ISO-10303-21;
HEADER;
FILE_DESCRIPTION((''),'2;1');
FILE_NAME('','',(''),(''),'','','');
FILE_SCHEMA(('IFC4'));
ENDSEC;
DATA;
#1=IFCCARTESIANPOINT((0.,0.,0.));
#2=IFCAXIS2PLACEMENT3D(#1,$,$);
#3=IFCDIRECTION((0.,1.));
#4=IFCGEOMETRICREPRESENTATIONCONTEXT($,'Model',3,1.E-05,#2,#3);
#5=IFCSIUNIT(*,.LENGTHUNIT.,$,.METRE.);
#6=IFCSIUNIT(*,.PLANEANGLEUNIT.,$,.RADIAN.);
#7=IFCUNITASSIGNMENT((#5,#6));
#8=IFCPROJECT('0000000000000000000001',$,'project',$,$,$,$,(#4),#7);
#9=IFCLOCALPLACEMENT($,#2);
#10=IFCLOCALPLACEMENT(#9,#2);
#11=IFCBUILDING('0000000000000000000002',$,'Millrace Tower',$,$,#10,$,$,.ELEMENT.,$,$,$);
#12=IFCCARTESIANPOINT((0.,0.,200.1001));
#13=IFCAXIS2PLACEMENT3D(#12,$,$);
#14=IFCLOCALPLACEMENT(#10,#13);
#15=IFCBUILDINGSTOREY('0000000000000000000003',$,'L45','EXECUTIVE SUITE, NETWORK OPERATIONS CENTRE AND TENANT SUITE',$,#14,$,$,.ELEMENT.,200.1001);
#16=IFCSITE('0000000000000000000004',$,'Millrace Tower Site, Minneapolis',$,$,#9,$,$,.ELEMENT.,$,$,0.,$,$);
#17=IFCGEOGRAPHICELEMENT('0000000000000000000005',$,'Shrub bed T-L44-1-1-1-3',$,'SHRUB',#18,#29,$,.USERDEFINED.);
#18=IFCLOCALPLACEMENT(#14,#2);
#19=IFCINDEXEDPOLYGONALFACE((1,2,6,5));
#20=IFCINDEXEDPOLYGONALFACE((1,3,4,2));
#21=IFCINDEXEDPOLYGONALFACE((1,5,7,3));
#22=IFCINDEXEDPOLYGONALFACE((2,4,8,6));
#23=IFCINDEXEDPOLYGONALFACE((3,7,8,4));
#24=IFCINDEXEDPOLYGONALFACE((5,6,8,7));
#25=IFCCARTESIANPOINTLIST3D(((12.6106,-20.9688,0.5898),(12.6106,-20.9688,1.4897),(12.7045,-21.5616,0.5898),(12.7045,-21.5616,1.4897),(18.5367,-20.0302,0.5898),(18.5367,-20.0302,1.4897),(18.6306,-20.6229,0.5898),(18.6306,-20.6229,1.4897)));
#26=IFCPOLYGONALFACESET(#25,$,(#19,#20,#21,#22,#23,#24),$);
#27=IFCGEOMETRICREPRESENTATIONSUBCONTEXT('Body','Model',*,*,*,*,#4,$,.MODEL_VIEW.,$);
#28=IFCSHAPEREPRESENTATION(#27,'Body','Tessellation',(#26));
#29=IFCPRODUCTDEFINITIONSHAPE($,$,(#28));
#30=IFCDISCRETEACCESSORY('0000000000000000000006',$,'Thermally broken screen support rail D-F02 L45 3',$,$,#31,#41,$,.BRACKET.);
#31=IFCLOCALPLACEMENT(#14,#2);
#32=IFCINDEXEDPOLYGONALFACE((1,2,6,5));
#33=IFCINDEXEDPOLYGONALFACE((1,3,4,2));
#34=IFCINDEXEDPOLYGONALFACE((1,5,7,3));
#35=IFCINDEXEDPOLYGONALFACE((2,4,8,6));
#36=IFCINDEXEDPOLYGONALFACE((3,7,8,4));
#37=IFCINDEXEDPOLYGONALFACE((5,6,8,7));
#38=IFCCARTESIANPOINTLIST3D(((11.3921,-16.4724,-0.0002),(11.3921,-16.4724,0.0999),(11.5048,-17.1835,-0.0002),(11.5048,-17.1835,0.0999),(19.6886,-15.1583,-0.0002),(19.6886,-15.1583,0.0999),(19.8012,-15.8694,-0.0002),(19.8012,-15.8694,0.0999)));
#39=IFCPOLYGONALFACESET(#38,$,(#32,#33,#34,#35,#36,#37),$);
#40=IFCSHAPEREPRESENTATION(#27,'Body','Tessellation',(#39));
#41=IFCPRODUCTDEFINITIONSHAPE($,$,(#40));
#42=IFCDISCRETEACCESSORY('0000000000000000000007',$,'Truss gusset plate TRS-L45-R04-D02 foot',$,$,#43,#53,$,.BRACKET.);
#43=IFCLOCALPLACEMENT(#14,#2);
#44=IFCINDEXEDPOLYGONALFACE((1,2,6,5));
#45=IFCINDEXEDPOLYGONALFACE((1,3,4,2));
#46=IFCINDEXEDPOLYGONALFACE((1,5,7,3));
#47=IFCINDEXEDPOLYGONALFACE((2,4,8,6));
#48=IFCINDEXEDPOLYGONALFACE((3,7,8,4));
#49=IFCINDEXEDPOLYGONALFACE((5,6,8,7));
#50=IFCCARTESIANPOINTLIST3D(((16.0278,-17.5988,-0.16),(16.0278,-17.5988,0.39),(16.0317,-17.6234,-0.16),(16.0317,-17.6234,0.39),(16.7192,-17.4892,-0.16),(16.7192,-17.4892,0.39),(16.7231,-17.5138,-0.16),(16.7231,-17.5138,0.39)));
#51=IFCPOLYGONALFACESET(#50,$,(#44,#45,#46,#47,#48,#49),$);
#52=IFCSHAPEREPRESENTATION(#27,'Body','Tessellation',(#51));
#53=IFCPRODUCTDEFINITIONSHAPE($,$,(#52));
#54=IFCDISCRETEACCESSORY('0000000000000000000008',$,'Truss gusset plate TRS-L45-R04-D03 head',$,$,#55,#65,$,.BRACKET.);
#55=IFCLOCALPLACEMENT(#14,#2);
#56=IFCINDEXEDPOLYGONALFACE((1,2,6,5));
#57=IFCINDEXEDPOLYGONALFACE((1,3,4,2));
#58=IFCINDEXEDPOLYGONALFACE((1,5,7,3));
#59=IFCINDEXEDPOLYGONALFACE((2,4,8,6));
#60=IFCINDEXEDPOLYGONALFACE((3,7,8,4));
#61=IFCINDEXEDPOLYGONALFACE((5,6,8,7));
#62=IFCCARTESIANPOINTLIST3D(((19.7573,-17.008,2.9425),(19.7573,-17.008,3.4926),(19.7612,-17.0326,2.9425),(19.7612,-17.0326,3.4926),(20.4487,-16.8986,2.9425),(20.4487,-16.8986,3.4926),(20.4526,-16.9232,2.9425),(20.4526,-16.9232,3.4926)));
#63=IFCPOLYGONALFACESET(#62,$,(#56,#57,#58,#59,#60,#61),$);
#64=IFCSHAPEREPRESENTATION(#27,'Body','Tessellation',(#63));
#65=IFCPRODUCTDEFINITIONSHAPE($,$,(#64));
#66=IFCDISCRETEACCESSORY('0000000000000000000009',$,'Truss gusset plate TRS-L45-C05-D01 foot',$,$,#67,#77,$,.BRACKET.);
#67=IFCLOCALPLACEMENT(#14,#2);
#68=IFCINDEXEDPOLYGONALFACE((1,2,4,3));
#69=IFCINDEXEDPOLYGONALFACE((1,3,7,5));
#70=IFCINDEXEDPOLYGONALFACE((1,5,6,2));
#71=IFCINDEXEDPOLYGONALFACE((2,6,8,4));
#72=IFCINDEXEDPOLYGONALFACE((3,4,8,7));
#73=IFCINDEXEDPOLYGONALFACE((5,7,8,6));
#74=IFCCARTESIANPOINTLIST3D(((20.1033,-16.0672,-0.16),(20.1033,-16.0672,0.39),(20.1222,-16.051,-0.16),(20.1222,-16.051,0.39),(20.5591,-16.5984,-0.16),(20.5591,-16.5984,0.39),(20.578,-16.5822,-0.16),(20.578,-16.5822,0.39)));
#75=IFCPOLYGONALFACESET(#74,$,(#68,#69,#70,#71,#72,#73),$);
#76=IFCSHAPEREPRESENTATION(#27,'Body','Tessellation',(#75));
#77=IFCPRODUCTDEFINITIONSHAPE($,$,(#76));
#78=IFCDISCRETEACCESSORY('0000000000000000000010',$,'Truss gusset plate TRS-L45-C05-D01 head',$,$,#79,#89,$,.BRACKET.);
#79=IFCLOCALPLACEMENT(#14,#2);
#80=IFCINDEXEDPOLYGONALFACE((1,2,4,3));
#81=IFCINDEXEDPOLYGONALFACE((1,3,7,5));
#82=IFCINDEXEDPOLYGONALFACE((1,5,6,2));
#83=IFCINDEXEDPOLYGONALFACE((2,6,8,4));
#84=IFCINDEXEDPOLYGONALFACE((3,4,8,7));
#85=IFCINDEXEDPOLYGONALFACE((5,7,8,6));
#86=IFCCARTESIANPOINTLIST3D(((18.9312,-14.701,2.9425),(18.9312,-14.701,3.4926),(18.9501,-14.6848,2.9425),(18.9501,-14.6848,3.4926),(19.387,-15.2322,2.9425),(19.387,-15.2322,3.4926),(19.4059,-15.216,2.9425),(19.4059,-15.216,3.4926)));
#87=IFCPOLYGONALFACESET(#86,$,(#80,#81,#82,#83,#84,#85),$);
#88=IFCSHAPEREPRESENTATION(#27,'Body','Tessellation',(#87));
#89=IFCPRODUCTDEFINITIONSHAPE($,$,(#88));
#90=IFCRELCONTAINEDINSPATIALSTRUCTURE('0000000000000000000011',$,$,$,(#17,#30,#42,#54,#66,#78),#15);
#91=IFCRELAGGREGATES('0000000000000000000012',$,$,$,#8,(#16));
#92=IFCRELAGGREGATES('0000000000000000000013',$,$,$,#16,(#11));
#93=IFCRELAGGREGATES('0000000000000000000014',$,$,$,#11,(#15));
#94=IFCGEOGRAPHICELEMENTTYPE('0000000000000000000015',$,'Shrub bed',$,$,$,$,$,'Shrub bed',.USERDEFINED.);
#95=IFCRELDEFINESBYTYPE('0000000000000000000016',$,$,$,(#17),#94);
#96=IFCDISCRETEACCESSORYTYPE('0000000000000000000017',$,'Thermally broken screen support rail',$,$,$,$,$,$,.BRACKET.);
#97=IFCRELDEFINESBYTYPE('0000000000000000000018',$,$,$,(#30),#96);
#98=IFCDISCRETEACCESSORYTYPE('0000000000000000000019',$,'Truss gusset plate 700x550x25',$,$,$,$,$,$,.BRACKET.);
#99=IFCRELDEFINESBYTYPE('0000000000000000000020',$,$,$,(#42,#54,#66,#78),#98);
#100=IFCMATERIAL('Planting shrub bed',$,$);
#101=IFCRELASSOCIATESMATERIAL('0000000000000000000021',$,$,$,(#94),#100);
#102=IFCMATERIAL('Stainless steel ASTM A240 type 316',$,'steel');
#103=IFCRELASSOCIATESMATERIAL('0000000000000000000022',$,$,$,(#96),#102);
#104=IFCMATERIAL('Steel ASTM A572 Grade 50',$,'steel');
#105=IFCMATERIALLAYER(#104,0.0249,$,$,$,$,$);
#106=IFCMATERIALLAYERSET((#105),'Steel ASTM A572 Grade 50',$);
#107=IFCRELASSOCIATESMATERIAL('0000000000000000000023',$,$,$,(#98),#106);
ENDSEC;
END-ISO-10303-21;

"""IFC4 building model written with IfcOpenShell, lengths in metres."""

from ifc_helpers import new_model, si_unit, direction, frame, origin, origin_2d, place, context, subcontext, project, spatial, rectangle, extrude, material, layer, layer_set, type_object, element, save


model = new_model("IFC4")

# Units and contexts
model_context = context("Model", 3, precision=1e-05, world=origin(), true_north=direction((0.0, 1.0)))
body_context = subcontext(model_context, "Body", "Model", "MODEL_VIEW")
ifc_project = project(units=[si_unit("LENGTHUNIT", "METRE"), si_unit("PLANEANGLEUNIT", "RADIAN")], contexts=[model_context])

# Site, building, storey
site_placement = place(None, origin())
site = spatial("IfcSite", under=ifc_project, at=site_placement, Name="Millrace Tower Site, Minneapolis", CompositionType="ELEMENT", RefElevation=0.0)
building_placement = place(site_placement, origin())
building = spatial("IfcBuilding", under=site, at=building_placement, Name="Millrace Tower", CompositionType="ELEMENT")
storey_placement = place(building_placement, frame((0.0, 0.0, 200.1001)))
storey = spatial("IfcBuildingStorey", under=building, at=storey_placement, Name="L45", Description="EXECUTIVE SUITE, NETWORK OPERATIONS CENTRE AND TENANT SUITE", CompositionType="ELEMENT", Elevation=200.1001)

# Geographic element
ifc_material_1 = material(Name="Planting shrub bed")
geographic_element_type = type_object("IfcGeographicElementType", Name="Shrub bed", ElementType="Shrub bed", PredefinedType="USERDEFINED", material=ifc_material_1)
geographic_element_placement = place(storey_placement, frame((15.6206, -20.7959, 0.5898), z_axis=(0.0, 0.0, 1.0), x_axis=(0.987688, 0.156434, 0.0)))
element("IfcGeographicElement", 1, at=geographic_element_placement, inside=storey, type_object=geographic_element_type, Name="Shrub bed T-L44-1-1-1-3", ObjectType="SHRUB", PredefinedType="USERDEFINED", context=body_context, shape_type="SweptSolid", body=[
    extrude(rectangle(XDim=6.0, YDim=0.6001, at=origin_2d()), origin(), (0.0, 0.0, 1.0), 0.8999),
])

# Discrete accessories
ifc_material_2 = material(Name="Stainless steel ASTM A240 type 316", Category="steel")
discrete_accessory_type_1 = type_object("IfcDiscreteAccessoryType", Name="Thermally broken screen support rail", PredefinedType="BRACKET", material=ifc_material_2)
discrete_accessory_placement = place(storey_placement, frame((15.5967, -16.1709, -0.0002), z_axis=(0.0, 0.0, 1.0), x_axis=(0.987688, 0.156434, 0.0)))
element("IfcDiscreteAccessory", 2, at=discrete_accessory_placement, inside=storey, type_object=discrete_accessory_type_1, Name="Thermally broken screen support rail D-F02 L45 3", PredefinedType="BRACKET", context=body_context, shape_type="SweptSolid", body=[
    extrude(rectangle(XDim=8.3999, YDim=0.72, at=origin_2d()), origin(), (0.0, 0.0, 1.0), 0.1001),
])
ifc_material_3 = material(Name="Steel ASTM A572 Grade 50", Category="steel")
ifc_layer_1 = layer(ifc_material_3, 0.0249)
ifc_layer_set_1 = layer_set([ifc_layer_1], Name="Steel ASTM A572 Grade 50")
discrete_accessory_type_2 = type_object("IfcDiscreteAccessoryType", Name="Truss gusset plate 700x550x25", PredefinedType="BRACKET", material=ifc_layer_set_1)
for number, where, z_axis, x_axis, name in (
    (3, (16.0298, -17.6111, 0.115), (0.987664, 0.156589, 0.0), (-0.156589, 0.987664, 0.0), "Truss gusset plate TRS-L45-R04-D02 foot"),
    (4, (19.7593, -17.0203, 3.2175), (0.987718, 0.156249, 0.0), (-0.156249, 0.987718, 0.0), "Truss gusset plate TRS-L45-R04-D03 head"),
    (5, (20.1128, -16.0591, 0.115), (0.651165, -0.758936, 0.0), (0.758936, 0.651165, 0.0), "Truss gusset plate TRS-L45-C05-D01 foot"),
    (6, (18.9407, -14.6929, 3.2175), (0.651165, -0.758936, 0.0), (0.758936, 0.651165, 0.0), "Truss gusset plate TRS-L45-C05-D01 head"),
):
    element("IfcDiscreteAccessory", number, at=place(storey_placement, frame(where, z_axis=z_axis, x_axis=x_axis)), inside=storey, type_object=discrete_accessory_type_2, Name=name, PredefinedType="BRACKET", context=body_context, shape_type="SweptSolid", body=[
        extrude(rectangle(XDim=0.0249, YDim=0.55, at=origin_2d()), origin(), (0.0, 0.0, 1.0), 0.7),
    ])

save(model, "model.ifc")
